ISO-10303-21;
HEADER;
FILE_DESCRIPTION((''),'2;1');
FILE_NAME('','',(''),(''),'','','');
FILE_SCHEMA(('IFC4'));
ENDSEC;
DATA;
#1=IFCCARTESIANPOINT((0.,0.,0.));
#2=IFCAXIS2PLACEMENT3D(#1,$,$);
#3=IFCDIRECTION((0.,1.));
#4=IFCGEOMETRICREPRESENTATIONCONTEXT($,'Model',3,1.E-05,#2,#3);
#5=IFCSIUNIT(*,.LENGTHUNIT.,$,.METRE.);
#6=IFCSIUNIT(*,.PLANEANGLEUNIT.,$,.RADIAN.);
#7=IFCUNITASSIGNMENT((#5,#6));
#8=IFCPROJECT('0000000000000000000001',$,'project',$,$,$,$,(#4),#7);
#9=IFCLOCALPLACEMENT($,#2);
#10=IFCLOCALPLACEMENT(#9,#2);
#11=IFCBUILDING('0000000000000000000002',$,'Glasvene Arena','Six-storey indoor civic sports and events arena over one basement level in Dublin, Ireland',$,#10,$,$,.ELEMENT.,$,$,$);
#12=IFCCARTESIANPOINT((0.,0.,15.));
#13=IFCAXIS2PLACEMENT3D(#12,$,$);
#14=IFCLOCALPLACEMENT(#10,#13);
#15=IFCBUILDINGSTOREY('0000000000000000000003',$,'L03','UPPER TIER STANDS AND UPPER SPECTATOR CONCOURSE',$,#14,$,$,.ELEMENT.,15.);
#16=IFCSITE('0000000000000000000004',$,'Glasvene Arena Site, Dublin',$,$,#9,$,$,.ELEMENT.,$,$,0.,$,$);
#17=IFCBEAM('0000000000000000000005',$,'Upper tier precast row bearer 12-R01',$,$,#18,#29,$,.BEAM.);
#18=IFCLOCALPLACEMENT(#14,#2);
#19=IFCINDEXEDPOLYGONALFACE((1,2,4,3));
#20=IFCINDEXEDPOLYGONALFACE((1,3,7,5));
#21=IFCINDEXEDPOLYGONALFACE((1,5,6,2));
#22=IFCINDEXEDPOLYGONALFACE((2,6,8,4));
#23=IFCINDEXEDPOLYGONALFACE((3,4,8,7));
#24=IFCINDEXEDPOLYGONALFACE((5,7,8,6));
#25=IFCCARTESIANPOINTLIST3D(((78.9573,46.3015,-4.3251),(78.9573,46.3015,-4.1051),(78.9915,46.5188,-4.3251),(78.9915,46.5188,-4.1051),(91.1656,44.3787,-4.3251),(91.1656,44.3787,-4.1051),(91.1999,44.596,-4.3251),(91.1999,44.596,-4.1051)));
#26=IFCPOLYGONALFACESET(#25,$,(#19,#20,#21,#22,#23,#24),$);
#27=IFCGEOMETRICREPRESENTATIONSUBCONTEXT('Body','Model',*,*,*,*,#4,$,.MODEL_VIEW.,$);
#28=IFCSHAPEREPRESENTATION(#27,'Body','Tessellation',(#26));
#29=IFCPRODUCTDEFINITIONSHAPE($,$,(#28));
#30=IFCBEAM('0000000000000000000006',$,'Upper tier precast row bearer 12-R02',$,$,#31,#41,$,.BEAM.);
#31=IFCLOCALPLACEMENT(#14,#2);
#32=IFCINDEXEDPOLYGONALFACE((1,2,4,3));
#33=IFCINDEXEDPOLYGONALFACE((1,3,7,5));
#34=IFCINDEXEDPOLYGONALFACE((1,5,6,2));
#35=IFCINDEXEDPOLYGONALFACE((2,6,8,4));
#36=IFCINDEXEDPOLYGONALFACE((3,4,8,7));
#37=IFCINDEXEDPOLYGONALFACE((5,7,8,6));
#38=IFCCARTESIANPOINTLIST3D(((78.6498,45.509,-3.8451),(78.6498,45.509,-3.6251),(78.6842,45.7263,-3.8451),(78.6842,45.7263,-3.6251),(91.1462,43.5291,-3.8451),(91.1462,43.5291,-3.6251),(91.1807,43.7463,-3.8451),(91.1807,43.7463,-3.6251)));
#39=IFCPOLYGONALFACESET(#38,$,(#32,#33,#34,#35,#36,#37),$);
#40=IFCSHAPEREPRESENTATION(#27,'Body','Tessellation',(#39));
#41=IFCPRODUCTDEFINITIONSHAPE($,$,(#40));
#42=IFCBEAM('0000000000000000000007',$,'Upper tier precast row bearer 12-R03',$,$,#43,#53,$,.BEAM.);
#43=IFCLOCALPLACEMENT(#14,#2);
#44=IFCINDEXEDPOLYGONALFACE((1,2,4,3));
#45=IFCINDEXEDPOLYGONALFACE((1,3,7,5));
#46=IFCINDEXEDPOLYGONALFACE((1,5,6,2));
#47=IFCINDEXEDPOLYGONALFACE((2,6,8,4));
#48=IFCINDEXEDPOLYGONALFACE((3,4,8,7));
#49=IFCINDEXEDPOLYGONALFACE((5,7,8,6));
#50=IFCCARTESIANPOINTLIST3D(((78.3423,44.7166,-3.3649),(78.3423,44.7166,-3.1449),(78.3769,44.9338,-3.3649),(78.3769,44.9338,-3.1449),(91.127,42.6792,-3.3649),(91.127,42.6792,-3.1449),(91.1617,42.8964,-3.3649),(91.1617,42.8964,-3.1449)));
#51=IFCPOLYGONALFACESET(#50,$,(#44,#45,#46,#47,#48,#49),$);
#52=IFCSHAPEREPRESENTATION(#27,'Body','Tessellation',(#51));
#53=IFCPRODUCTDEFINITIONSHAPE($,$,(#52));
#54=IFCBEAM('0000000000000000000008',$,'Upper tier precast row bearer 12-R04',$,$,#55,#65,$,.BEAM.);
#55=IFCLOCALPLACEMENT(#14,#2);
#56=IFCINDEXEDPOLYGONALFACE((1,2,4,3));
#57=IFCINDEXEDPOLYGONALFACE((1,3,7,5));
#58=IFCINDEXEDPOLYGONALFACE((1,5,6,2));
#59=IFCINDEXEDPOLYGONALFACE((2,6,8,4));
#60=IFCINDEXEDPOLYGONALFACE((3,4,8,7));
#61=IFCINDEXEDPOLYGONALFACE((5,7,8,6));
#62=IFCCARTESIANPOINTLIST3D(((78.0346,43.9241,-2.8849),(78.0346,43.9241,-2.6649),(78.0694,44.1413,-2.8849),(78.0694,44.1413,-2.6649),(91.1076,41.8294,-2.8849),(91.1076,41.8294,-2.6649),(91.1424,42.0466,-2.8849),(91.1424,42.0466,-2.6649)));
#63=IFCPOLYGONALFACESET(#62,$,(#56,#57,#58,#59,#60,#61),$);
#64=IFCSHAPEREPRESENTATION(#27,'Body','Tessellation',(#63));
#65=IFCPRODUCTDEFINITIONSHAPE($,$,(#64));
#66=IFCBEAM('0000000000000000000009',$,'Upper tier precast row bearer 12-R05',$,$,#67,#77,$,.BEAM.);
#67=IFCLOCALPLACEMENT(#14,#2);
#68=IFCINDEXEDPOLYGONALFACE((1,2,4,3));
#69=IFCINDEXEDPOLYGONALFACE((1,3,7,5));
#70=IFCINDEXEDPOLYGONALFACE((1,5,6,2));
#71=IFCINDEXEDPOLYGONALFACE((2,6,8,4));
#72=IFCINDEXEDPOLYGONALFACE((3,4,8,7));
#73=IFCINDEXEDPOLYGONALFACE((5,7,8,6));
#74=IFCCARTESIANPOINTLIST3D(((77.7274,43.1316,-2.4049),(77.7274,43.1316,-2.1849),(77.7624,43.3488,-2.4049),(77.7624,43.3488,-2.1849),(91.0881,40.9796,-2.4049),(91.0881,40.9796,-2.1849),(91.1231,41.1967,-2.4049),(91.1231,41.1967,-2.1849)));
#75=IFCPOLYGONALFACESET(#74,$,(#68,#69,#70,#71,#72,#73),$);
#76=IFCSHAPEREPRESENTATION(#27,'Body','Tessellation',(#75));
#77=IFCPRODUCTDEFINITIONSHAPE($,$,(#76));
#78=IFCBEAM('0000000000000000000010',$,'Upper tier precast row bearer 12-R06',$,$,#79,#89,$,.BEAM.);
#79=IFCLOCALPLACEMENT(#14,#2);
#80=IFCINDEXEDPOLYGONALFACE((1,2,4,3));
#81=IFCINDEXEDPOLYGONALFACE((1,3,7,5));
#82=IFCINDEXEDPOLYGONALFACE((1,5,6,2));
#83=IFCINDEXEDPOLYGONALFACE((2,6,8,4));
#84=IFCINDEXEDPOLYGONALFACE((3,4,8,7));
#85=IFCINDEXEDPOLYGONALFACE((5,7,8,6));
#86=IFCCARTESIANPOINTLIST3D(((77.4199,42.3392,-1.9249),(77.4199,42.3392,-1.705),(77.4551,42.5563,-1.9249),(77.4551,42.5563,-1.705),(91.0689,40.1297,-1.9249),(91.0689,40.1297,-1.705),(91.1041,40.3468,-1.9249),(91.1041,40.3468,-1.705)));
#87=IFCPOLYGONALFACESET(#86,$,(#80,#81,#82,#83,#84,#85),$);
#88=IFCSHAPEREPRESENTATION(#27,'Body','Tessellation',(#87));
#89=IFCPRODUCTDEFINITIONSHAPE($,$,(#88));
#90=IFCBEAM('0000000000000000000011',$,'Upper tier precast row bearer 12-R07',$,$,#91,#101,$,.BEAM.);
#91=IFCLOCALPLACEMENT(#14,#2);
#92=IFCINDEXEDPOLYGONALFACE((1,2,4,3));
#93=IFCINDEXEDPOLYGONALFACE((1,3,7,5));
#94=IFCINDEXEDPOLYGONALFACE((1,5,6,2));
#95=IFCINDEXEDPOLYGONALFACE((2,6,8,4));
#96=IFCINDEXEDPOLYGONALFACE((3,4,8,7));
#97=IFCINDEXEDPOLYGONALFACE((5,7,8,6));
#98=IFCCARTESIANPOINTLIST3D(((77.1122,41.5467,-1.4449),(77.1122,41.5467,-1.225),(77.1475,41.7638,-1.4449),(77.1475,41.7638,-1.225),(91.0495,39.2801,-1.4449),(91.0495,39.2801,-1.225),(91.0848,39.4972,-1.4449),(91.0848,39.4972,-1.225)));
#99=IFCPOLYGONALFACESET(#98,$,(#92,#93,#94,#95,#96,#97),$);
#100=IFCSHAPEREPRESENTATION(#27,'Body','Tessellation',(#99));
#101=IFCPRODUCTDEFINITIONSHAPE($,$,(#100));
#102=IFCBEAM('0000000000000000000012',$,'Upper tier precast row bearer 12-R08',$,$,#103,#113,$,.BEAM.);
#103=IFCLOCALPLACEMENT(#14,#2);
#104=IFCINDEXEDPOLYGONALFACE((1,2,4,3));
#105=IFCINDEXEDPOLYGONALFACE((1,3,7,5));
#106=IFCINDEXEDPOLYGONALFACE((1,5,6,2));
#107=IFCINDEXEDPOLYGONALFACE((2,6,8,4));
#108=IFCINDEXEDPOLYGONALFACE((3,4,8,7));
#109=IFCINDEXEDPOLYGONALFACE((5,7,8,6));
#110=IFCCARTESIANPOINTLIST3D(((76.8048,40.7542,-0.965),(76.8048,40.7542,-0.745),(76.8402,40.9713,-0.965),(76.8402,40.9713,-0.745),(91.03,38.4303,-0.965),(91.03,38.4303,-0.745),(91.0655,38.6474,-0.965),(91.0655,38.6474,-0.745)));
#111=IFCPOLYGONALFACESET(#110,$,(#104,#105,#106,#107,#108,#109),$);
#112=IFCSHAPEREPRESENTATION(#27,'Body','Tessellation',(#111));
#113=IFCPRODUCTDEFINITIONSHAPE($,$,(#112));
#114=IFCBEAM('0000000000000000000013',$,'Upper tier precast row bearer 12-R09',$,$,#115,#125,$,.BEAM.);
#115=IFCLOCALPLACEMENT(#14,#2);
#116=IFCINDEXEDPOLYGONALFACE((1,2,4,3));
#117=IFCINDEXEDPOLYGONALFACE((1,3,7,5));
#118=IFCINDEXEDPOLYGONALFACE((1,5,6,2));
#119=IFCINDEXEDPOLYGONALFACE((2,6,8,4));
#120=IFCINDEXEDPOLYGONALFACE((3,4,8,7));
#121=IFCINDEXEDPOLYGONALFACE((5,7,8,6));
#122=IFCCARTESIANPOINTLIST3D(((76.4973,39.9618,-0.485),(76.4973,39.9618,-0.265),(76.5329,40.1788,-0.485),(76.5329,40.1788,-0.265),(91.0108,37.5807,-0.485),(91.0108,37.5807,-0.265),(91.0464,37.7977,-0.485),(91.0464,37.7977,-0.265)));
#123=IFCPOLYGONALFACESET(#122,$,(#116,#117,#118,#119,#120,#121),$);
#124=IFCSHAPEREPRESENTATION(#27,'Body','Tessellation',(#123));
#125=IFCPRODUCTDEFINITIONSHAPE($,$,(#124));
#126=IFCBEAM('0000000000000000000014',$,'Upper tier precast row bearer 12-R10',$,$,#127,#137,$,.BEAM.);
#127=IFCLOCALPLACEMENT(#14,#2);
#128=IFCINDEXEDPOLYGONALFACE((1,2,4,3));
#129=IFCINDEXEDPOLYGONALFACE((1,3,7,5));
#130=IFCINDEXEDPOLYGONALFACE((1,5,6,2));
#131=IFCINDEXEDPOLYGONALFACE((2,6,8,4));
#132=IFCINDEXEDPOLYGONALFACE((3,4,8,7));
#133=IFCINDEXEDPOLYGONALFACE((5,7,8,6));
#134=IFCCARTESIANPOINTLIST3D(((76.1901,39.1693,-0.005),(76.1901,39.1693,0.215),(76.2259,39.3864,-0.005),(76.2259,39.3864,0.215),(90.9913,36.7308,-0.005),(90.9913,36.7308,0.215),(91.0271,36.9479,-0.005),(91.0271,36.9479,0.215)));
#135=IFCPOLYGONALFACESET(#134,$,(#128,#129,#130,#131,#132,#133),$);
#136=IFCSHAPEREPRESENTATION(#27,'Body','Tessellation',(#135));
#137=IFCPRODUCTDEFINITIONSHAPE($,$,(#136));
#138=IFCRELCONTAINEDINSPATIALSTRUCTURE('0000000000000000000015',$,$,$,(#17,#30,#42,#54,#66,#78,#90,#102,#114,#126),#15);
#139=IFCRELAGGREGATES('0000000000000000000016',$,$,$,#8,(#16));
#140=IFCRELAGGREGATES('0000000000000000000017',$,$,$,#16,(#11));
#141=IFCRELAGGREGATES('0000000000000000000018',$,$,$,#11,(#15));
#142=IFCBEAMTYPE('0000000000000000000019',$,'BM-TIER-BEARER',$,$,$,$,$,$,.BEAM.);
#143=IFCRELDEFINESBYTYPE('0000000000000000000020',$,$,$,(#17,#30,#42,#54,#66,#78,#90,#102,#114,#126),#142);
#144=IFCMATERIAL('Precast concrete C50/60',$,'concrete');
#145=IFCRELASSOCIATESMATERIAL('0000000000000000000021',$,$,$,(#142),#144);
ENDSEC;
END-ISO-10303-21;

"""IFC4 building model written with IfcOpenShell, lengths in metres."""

from ifc_helpers import new_model, si_unit, direction, frame, origin, origin_2d, place, context, subcontext, project, spatial, rectangle, extrude, material, material_profile, profile_set, type_object, element, save


model = new_model("IFC4")

# Units and contexts
model_context = context("Model", 3, precision=1e-05, world=origin(), true_north=direction((0.0, 1.0)))
body_context = subcontext(model_context, "Body", "Model", "MODEL_VIEW")
ifc_project = project(units=[si_unit("LENGTHUNIT", "METRE"), si_unit("PLANEANGLEUNIT", "RADIAN")], contexts=[model_context])

# Site, building, storey
site_placement = place(None, origin())
site = spatial("IfcSite", under=ifc_project, at=site_placement, Name="Glasvene Arena Site, Dublin", CompositionType="ELEMENT", RefElevation=0.0)
building_placement = place(site_placement, origin())
building = spatial("IfcBuilding", under=site, at=building_placement, Name="Glasvene Arena", Description="Six-storey indoor civic sports and events arena over one basement level in Dublin, Ireland", CompositionType="ELEMENT")
storey_placement = place(building_placement, frame((0.0, 0.0, 15.0)))
storey = spatial("IfcBuildingStorey", under=building, at=storey_placement, Name="L03", Description="UPPER TIER STANDS AND UPPER SPECTATOR CONCOURSE", CompositionType="ELEMENT", Elevation=15.0)

# Beams
ifc_material_1 = material(Name="Precast concrete C50/60", Category="concrete")
ifc_material_profile_1 = material_profile(ifc_material_1, rectangle(XDim=0.22, YDim=0.22, at=origin_2d()), Name="RC 220x220")
ifc_profile_set_1 = profile_set([ifc_material_profile_1], Name="Precast concrete C50/60")
beam_type_1 = type_object("IfcBeamType", Name="BM-TIER-BEARER", PredefinedType="BEAM", material=ifc_profile_set_1)
beam_1_placement = place(storey_placement, frame((78.9744, 46.4102, -4.2151), z_axis=(0.987823, -0.155583, 0.0), x_axis=(0.155583, 0.987823, 0.0)))
element("IfcBeam", 1, at=beam_1_placement, inside=storey, type_object=beam_type_1, Name="Upper tier precast row bearer 12-R01", PredefinedType="BEAM", context=body_context, shape_type="SweptSolid", body=[
    extrude(rectangle(XDim=0.22, YDim=0.22, at=origin_2d()), origin(), (0.0, 0.0, 1.0), 12.3589),
])
beam_2_placement = place(storey_placement, frame((78.667, 45.6177, -3.7351), z_axis=(0.98768, -0.15649, 0.0), x_axis=(0.15649, 0.98768, 0.0)))
element("IfcBeam", 2, at=beam_2_placement, inside=storey, type_object=beam_type_1, Name="Upper tier precast row bearer 12-R02", PredefinedType="BEAM", context=body_context, shape_type="SweptSolid", body=[
    extrude(rectangle(XDim=0.22, YDim=0.22, at=origin_2d()), origin(), (0.0, 0.0, 1.0), 12.6523),
])
beam_3_placement = place(storey_placement, frame((78.3596, 44.8252, -3.2549), z_axis=(0.987539, -0.157373, 0.0), x_axis=(0.157373, 0.987539, 0.0)))
element("IfcBeam", 3, at=beam_3_placement, inside=storey, type_object=beam_type_1, Name="Upper tier precast row bearer 12-R03", PredefinedType="BEAM", context=body_context, shape_type="SweptSolid", body=[
    extrude(rectangle(XDim=0.22, YDim=0.22, at=origin_2d()), origin(), (0.0, 0.0, 1.0), 12.946),
])
beam_4_placement = place(storey_placement, frame((78.052, 44.0327, -2.7749), z_axis=(0.987405, -0.158215, 0.0), x_axis=(0.158215, 0.987405, 0.0)))
element("IfcBeam", 4, at=beam_4_placement, inside=storey, type_object=beam_type_1, Name="Upper tier precast row bearer 12-R04", PredefinedType="BEAM", context=body_context, shape_type="SweptSolid", body=[
    extrude(rectangle(XDim=0.22, YDim=0.22, at=origin_2d()), origin(), (0.0, 0.0, 1.0), 13.2397),
])
beam_5_placement = place(storey_placement, frame((77.7449, 43.2402, -2.2949), z_axis=(0.987274, -0.159025, 0.0), x_axis=(0.159025, 0.987274, 0.0)))
element("IfcBeam", 5, at=beam_5_placement, inside=storey, type_object=beam_type_1, Name="Upper tier precast row bearer 12-R05", PredefinedType="BEAM", context=body_context, shape_type="SweptSolid", body=[
    extrude(rectangle(XDim=0.22, YDim=0.22, at=origin_2d()), origin(), (0.0, 0.0, 1.0), 13.533),
])
beam_6_placement = place(storey_placement, frame((77.4375, 42.4478, -1.8149), z_axis=(0.98715, -0.159799, 0.0), x_axis=(0.159799, 0.98715, 0.0)))
element("IfcBeam", 6, at=beam_6_placement, inside=storey, type_object=beam_type_1, Name="Upper tier precast row bearer 12-R06", PredefinedType="BEAM", context=body_context, shape_type="SweptSolid", body=[
    extrude(rectangle(XDim=0.22, YDim=0.22, at=origin_2d()), origin(), (0.0, 0.0, 1.0), 13.8267),
])
beam_7_placement = place(storey_placement, frame((77.1299, 41.6553, -1.335), z_axis=(0.987033, -0.16052, 0.0), x_axis=(0.16052, 0.987033, 0.0)))
element("IfcBeam", 7, at=beam_7_placement, inside=storey, type_object=beam_type_1, Name="Upper tier precast row bearer 12-R07", PredefinedType="BEAM", context=body_context, shape_type="SweptSolid", body=[
    extrude(rectangle(XDim=0.22, YDim=0.22, at=origin_2d()), origin(), (0.0, 0.0, 1.0), 14.1204),
])
beam_8_placement = place(storey_placement, frame((76.8225, 40.8628, -0.855), z_axis=(0.986917, -0.161231, 0.0), x_axis=(0.161231, 0.986917, 0.0)))
element("IfcBeam", 8, at=beam_8_placement, inside=storey, type_object=beam_type_1, Name="Upper tier precast row bearer 12-R08", PredefinedType="BEAM", context=body_context, shape_type="SweptSolid", body=[
    extrude(rectangle(XDim=0.22, YDim=0.22, at=origin_2d()), origin(), (0.0, 0.0, 1.0), 14.4138),
])
beam_9_placement = place(storey_placement, frame((76.5151, 40.0703, -0.375), z_axis=(0.986808, -0.161898, 0.0), x_axis=(0.161898, 0.986808, 0.0)))
element("IfcBeam", 9, at=beam_9_placement, inside=storey, type_object=beam_type_1, Name="Upper tier precast row bearer 12-R09", PredefinedType="BEAM", context=body_context, shape_type="SweptSolid", body=[
    extrude(rectangle(XDim=0.22, YDim=0.22, at=origin_2d()), origin(), (0.0, 0.0, 1.0), 14.7075),
])
beam_10_placement = place(storey_placement, frame((76.208, 39.2778, 0.105), z_axis=(0.986699, -0.162557, 0.0), x_axis=(0.162557, 0.986699, 0.0)))
element("IfcBeam", 10, at=beam_10_placement, inside=storey, type_object=beam_type_1, Name="Upper tier precast row bearer 12-R10", PredefinedType="BEAM", context=body_context, shape_type="SweptSolid", body=[
    extrude(rectangle(XDim=0.22, YDim=0.22, at=origin_2d()), origin(), (0.0, 0.0, 1.0), 15.0007),
])

save(model, "model.ifc")
